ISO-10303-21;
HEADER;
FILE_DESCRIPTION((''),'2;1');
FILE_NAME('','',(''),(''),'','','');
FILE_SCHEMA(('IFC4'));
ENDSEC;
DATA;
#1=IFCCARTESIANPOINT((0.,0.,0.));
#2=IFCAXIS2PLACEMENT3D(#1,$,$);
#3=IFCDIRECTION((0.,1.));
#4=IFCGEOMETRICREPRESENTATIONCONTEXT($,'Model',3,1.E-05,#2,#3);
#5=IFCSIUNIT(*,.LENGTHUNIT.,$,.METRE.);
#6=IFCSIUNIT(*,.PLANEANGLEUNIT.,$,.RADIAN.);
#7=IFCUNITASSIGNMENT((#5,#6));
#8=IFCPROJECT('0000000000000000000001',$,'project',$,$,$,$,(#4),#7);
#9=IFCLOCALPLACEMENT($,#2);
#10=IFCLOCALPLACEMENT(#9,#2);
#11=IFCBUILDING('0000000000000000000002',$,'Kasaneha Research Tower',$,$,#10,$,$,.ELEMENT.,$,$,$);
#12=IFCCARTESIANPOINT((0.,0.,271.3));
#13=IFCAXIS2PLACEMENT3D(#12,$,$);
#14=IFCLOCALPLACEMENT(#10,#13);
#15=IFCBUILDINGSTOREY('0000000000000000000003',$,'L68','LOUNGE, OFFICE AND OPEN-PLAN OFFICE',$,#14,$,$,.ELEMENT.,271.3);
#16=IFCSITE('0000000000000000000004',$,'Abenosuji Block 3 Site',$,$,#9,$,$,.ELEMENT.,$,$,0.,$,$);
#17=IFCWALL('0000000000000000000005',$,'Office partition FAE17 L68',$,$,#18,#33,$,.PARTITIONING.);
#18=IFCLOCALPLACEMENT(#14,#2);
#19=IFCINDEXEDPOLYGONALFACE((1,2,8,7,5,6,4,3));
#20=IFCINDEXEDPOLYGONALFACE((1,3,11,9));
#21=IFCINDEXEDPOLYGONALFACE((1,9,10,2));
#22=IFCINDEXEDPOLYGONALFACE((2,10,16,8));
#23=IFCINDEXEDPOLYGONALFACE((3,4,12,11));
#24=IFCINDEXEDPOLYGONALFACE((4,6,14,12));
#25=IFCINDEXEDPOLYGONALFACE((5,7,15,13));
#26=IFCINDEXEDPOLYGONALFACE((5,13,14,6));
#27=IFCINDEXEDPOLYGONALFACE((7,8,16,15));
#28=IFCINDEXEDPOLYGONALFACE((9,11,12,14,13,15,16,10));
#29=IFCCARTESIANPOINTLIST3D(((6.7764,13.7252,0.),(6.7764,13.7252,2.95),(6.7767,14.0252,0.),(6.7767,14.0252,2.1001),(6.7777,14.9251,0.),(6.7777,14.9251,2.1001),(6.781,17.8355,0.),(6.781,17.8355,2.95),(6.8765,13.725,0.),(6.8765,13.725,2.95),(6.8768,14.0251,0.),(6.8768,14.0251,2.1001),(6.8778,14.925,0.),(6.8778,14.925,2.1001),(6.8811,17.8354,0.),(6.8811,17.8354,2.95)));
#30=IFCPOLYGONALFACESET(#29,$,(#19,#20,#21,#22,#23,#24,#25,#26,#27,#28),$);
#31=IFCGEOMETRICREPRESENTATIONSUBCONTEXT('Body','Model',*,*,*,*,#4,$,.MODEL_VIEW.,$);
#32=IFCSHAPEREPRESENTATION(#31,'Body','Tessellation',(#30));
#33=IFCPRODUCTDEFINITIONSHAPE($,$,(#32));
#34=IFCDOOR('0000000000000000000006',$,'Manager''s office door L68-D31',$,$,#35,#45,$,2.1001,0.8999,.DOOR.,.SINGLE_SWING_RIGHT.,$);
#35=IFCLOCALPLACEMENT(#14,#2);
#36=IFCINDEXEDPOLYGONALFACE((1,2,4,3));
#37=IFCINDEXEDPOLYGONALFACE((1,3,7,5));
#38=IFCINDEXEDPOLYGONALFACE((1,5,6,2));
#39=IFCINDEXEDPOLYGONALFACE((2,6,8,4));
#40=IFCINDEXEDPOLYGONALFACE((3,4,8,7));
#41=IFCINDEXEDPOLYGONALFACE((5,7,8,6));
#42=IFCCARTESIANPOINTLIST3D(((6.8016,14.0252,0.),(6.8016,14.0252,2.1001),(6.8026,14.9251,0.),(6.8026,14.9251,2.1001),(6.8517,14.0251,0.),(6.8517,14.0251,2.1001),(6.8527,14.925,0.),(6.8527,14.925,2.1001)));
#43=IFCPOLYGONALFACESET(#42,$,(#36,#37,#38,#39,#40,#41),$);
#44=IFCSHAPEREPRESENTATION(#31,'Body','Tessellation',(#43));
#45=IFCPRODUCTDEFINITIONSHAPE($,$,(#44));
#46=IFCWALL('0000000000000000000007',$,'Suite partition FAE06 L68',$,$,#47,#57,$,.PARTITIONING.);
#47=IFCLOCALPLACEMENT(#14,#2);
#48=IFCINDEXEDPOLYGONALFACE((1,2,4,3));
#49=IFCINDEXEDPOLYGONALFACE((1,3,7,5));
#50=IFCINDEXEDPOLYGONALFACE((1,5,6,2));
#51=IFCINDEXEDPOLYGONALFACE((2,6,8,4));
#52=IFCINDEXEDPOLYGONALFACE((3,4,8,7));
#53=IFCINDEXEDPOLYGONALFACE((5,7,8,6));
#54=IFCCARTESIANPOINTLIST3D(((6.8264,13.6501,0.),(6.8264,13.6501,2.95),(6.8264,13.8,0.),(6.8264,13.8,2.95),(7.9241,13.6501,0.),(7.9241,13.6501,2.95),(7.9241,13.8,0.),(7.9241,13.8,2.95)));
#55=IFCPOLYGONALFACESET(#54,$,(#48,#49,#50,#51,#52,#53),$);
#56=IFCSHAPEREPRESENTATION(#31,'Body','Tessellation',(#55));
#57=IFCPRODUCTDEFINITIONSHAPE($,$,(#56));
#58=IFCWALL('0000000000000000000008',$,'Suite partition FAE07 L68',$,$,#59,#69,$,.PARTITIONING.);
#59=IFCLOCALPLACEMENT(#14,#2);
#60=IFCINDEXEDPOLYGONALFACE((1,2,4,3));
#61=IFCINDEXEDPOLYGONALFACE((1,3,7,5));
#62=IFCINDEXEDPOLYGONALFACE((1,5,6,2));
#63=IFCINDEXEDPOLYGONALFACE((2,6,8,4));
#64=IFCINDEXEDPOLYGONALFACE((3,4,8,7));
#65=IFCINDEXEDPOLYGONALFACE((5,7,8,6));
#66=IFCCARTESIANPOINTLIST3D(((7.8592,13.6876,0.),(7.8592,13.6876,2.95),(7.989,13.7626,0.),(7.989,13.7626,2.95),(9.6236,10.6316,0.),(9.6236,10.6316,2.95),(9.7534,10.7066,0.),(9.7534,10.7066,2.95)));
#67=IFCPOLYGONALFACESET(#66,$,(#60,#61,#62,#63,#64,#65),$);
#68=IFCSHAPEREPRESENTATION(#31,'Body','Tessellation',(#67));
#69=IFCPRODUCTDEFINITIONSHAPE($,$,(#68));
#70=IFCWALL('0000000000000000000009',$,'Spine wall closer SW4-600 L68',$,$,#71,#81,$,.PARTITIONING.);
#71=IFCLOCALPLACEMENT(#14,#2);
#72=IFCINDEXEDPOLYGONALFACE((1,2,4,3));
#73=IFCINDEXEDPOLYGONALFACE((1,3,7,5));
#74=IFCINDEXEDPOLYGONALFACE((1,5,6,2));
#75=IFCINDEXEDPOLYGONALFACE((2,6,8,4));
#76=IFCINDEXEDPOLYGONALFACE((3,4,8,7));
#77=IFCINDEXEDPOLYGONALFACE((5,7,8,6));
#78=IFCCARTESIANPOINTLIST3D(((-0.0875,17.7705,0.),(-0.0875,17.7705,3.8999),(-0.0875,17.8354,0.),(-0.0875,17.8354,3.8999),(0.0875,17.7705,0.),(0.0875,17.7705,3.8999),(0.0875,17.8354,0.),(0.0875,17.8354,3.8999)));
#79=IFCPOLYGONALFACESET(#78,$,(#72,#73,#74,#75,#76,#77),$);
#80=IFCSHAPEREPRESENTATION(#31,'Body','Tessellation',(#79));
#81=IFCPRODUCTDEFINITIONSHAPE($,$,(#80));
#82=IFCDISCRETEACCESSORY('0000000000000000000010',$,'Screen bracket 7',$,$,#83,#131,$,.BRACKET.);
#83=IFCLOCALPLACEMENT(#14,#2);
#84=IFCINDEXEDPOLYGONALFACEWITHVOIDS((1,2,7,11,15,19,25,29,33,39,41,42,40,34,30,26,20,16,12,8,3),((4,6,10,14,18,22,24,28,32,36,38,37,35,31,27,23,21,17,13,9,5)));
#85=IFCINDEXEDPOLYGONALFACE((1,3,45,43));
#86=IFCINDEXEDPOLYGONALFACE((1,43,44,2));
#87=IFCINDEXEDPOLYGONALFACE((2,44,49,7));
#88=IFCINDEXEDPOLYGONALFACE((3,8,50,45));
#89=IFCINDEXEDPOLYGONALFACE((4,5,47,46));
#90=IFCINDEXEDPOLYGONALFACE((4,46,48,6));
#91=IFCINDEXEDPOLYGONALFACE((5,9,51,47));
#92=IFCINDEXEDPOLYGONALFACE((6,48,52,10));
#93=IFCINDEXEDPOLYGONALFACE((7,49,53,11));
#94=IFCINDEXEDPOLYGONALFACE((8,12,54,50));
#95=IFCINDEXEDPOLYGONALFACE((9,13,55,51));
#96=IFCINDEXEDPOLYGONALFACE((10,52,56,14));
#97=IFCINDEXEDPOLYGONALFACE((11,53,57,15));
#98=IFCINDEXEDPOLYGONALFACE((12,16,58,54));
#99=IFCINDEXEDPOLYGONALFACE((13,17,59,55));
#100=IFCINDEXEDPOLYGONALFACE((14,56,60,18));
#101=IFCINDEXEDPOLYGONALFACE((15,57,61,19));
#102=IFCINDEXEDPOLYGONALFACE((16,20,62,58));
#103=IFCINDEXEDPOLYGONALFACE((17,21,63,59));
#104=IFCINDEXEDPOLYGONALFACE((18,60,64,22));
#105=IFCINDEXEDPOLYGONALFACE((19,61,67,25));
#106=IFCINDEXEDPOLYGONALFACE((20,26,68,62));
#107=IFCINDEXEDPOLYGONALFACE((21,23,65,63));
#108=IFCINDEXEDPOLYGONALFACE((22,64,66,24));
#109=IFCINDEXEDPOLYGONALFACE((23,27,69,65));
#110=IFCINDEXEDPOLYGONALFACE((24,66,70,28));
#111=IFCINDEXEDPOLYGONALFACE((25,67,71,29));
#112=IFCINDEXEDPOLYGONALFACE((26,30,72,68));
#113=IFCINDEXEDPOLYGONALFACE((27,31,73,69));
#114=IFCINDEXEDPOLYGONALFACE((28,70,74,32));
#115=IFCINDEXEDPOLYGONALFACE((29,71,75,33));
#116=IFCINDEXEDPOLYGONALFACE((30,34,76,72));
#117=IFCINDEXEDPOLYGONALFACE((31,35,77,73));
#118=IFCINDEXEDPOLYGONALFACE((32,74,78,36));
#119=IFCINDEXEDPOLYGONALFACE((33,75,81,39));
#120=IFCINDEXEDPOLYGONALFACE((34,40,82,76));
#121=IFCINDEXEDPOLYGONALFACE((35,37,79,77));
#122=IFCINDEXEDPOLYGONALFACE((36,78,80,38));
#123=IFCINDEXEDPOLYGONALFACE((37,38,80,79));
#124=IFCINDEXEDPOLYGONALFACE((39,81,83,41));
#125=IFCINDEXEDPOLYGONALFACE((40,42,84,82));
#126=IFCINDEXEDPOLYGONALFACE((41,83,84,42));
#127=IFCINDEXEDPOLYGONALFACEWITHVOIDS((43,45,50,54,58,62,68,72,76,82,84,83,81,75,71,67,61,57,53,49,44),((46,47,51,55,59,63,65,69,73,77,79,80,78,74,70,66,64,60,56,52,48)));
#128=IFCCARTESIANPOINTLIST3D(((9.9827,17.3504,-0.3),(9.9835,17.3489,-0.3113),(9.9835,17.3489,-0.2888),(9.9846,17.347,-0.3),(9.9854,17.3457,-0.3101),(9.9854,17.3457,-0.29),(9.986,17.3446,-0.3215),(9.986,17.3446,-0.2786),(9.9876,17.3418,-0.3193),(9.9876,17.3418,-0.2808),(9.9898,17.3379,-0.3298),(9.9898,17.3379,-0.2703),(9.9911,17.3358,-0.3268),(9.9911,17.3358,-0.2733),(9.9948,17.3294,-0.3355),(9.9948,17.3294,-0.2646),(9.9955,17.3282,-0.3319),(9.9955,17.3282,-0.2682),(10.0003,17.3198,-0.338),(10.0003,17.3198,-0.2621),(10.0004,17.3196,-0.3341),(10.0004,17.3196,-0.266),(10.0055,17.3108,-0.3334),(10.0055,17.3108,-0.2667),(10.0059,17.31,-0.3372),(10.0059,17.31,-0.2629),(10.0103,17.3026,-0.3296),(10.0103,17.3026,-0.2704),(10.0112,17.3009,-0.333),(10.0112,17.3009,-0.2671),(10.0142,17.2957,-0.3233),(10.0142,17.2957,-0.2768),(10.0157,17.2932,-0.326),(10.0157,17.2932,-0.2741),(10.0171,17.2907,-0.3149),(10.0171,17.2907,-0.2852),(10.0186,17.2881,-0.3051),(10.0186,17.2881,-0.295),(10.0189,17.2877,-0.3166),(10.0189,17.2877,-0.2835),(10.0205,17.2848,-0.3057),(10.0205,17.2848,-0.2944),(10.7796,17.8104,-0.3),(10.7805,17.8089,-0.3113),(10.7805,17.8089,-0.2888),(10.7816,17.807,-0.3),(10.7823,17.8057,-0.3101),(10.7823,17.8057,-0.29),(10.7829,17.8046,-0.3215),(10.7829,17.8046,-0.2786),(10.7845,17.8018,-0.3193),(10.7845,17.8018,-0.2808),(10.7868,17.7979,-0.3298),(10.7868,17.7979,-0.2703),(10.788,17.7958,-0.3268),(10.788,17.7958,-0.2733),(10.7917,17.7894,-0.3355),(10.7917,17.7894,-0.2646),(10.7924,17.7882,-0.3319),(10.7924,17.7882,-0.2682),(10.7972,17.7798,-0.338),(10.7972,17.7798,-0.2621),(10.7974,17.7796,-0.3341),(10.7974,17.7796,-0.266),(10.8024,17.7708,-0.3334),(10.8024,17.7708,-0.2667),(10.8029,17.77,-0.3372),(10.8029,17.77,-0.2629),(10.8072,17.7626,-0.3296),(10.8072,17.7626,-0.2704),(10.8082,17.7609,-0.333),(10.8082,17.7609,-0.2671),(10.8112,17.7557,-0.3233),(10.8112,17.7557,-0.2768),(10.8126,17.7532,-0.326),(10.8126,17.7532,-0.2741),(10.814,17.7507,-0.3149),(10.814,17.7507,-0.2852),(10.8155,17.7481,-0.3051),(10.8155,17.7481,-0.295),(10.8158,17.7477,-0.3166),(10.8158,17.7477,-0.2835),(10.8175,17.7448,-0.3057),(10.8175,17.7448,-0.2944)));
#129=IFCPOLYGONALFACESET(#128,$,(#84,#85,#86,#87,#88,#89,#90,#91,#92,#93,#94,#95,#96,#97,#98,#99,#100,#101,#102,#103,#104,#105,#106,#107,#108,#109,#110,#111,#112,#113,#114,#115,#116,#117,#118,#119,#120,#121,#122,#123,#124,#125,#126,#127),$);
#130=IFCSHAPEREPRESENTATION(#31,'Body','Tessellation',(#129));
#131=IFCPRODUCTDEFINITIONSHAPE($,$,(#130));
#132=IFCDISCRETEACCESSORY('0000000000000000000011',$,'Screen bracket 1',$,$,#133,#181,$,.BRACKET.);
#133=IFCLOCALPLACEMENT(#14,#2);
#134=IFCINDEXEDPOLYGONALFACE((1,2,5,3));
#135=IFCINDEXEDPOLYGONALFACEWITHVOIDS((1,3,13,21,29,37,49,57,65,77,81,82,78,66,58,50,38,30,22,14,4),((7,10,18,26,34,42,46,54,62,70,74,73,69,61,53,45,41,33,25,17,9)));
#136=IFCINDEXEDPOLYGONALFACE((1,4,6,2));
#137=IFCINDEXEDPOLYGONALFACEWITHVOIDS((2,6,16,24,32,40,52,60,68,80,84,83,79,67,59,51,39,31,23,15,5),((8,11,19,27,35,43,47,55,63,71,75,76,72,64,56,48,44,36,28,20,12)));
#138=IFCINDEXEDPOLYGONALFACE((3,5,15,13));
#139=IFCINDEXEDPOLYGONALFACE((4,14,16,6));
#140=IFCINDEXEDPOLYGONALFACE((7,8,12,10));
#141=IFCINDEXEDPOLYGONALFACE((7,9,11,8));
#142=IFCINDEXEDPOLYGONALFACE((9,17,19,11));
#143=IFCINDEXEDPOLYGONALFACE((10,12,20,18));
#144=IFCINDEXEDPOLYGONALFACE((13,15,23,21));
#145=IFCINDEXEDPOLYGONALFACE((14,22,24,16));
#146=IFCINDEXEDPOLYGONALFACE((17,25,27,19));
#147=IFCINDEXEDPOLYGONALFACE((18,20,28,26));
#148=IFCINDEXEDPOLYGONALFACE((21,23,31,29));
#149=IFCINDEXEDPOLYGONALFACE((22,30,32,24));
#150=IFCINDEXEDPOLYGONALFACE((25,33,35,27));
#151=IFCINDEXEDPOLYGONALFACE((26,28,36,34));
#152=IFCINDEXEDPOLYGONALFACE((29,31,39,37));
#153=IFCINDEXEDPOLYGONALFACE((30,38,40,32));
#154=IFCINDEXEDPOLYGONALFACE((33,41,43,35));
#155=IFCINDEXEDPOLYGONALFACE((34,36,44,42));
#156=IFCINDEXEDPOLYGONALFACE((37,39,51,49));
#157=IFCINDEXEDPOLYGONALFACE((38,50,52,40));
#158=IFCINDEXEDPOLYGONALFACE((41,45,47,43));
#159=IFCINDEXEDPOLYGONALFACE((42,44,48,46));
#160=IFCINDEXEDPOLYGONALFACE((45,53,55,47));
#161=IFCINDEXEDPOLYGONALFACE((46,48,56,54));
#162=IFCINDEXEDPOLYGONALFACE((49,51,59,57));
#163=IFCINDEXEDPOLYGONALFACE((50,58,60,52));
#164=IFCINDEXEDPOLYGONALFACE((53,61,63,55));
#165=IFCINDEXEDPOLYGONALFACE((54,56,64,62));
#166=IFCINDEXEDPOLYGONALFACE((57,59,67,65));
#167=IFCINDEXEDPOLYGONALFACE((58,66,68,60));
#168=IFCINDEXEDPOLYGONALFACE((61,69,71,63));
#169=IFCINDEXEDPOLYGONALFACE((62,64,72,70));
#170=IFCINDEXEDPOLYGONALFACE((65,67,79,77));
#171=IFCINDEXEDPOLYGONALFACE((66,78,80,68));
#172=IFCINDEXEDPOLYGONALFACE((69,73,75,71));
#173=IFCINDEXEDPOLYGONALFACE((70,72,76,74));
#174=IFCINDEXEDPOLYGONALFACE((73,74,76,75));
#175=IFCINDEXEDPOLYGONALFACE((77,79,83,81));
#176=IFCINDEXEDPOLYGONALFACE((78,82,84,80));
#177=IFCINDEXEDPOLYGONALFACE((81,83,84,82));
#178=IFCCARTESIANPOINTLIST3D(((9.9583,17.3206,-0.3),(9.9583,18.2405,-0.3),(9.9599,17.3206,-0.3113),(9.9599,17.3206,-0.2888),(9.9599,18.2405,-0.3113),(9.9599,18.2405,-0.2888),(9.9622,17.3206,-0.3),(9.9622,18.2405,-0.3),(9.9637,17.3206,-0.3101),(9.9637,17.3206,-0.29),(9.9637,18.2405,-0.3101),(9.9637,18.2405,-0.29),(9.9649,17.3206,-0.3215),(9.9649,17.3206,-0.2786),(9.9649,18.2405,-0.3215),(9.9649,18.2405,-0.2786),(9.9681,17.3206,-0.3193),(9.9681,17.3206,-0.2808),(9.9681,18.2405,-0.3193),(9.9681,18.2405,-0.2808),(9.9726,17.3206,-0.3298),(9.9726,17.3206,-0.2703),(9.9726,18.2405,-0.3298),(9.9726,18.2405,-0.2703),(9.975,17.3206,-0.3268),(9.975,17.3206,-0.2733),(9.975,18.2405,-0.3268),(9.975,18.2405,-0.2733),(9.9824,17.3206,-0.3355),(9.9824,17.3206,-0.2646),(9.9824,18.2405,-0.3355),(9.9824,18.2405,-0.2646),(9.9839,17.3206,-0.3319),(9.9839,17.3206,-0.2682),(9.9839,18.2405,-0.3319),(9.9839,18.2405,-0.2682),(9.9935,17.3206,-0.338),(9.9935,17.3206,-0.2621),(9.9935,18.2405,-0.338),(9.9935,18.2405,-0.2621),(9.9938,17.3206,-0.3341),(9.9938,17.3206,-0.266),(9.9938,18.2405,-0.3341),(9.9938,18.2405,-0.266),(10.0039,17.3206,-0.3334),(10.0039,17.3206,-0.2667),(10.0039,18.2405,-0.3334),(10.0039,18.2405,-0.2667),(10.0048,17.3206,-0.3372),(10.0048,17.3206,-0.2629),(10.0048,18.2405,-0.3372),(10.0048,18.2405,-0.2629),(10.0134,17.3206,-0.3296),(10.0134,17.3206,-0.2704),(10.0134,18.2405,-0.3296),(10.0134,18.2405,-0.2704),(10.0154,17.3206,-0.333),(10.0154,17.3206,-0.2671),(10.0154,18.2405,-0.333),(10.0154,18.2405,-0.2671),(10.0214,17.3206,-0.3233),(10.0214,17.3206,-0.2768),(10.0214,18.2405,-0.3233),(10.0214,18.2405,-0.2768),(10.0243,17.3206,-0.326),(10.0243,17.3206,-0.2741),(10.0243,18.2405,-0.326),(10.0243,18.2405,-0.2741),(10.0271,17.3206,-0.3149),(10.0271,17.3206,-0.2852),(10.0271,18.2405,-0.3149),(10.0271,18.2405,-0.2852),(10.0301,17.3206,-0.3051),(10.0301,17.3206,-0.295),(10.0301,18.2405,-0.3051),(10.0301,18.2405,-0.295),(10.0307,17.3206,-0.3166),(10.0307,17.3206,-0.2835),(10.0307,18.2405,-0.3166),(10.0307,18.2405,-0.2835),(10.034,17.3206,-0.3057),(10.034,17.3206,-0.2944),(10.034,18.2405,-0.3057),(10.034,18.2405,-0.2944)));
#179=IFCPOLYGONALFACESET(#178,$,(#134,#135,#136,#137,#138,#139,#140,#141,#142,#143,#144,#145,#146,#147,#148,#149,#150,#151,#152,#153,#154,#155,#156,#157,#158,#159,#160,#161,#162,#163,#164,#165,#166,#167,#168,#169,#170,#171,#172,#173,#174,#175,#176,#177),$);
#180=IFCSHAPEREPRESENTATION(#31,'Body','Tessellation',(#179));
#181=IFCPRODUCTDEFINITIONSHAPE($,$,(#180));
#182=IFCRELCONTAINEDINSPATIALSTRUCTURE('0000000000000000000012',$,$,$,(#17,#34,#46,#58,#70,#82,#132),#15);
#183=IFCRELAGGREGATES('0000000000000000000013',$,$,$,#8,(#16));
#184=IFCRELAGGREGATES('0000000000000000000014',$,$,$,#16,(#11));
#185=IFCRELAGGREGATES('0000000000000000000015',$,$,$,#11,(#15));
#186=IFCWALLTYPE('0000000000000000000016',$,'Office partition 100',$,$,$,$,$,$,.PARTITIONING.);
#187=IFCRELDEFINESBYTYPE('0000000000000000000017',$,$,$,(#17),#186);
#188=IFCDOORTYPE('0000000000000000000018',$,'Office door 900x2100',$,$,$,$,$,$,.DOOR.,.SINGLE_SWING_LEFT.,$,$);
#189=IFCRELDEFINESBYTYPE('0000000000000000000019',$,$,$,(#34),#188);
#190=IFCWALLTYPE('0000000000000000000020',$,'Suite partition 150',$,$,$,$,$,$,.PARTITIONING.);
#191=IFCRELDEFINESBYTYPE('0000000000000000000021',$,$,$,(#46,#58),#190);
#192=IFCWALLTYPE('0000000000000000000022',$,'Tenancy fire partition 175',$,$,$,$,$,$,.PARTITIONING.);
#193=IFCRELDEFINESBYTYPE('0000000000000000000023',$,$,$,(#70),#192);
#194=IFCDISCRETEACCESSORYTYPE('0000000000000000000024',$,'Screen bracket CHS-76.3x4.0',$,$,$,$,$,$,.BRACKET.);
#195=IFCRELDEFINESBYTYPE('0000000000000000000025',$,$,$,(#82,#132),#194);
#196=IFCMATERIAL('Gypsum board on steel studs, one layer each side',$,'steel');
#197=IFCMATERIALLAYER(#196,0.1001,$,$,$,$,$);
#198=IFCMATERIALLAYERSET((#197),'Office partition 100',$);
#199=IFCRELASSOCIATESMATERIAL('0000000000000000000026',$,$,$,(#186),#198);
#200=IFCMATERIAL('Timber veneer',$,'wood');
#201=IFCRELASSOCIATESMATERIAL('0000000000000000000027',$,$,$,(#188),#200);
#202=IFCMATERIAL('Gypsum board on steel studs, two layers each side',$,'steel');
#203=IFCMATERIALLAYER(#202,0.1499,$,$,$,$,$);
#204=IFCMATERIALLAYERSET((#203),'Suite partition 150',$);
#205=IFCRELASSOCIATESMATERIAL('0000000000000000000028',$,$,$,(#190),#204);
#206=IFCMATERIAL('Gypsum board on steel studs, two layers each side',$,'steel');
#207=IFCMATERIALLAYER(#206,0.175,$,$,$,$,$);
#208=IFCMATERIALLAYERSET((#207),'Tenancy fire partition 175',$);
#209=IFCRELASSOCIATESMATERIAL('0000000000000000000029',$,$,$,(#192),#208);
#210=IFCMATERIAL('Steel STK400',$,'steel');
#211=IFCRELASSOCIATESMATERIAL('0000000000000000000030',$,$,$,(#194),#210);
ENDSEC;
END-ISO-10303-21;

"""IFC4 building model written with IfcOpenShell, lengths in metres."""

from ifc_helpers import new_model, si_unit, direction, frame, frame_2d, origin, origin_2d, place, context, subcontext, project, spatial, rectangle, hollow_circle, extrude, material, layer, layer_set, material_profile, profile_set, type_object, element, fill, save


model = new_model("IFC4")

# Units and contexts
model_context = context("Model", 3, precision=1e-05, world=origin(), true_north=direction((0.0, 1.0)))
body_context = subcontext(model_context, "Body", "Model", "MODEL_VIEW")
ifc_project = project(units=[si_unit("LENGTHUNIT", "METRE"), si_unit("PLANEANGLEUNIT", "RADIAN")], contexts=[model_context])

# Site, building, storey
site_placement = place(None, origin())
site = spatial("IfcSite", under=ifc_project, at=site_placement, Name="Abenosuji Block 3 Site", CompositionType="ELEMENT", RefElevation=0.0)
building_placement = place(site_placement, origin())
building = spatial("IfcBuilding", under=site, at=building_placement, Name="Kasaneha Research Tower", CompositionType="ELEMENT")
storey_placement = place(building_placement, frame((0.0, 0.0, 271.3)))
storey = spatial("IfcBuildingStorey", under=building, at=storey_placement, Name="L68", Description="LOUNGE, OFFICE AND OPEN-PLAN OFFICE", CompositionType="ELEMENT", Elevation=271.3)

# Shared definitions
ifc_material_1 = material(Name="Gypsum board on steel studs, one layer each side", Category="steel")
ifc_layer_1 = layer(ifc_material_1, 0.1001)
ifc_layer_set_1 = layer_set([ifc_layer_1], Name="Office partition 100")
wall_type_1 = type_object("IfcWallType", Name="Office partition 100", PredefinedType="PARTITIONING", material=ifc_layer_set_1)

# Wall, opening, door
wall_1_placement = place(storey_placement, frame((6.8311, 17.8354, 0.0), z_axis=(0.0, 0.0, 1.0), x_axis=(-0.001129, -0.999999, 0.0)))
wall_1 = element("IfcWall", 1, at=wall_1_placement, inside=storey, type_object=wall_type_1, Name="Office partition FAE17 L68", PredefinedType="PARTITIONING", context=body_context, shape_type="SweptSolid", body=[
    extrude(rectangle(XDim=4.1104, YDim=0.1001, at=frame_2d((2.0552, 0.0))), origin(), (0.0, 0.0, 1.0), 2.95),
])
opening_placement = place(wall_1_placement, frame((2.9104, 0.0, 0.0)))
opening = element("IfcOpeningElement", 2, at=opening_placement, cuts=wall_1, PredefinedType="OPENING", context=body_context, shape_type="SweptSolid", body=[
    extrude(rectangle(XDim=0.8999, YDim=2.1001, at=frame_2d((0.45, 1.05))), frame((0.0, 0.0601, 0.0), z_axis=(0.0, -1.0, 0.0), x_axis=(1.0, 0.0, 0.0)), (0.0, 0.0, 1.0), 0.1201),
])
ifc_material_2 = material(Name="Timber veneer", Category="wood")
door_type = type_object("IfcDoorType", Name="Office door 900x2100", OperationType="SINGLE_SWING_LEFT", PredefinedType="DOOR", material=ifc_material_2)
door_placement = place(opening_placement, origin())
door = element("IfcDoor", 3, at=door_placement, inside=storey, type_object=door_type, Name="Manager's office door L68-D31", OperationType="SINGLE_SWING_RIGHT", OverallHeight=2.1001, OverallWidth=0.8999, PredefinedType="DOOR", context=body_context, shape_type="SweptSolid", body=[
    extrude(rectangle(XDim=0.8999, YDim=2.1001, at=frame_2d((0.45, 1.05))), frame((0.0, 0.0249, 0.0), z_axis=(0.0, -1.0, 0.0), x_axis=(1.0, 0.0, 0.0)), (0.0, 0.0, 1.0), 0.05),
])
fill(opening, door)

# Walls
ifc_material_3 = material(Name="Gypsum board on steel studs, two layers each side", Category="steel")
ifc_layer_2 = layer(ifc_material_3, 0.1499)
ifc_layer_set_2 = layer_set([ifc_layer_2], Name="Suite partition 150")
wall_type_2 = type_object("IfcWallType", Name="Suite partition 150", PredefinedType="PARTITIONING", material=ifc_layer_set_2)
wall_2_placement = place(storey_placement, frame((6.8264, 13.7251, 0.0), z_axis=(0.0, 0.0, 1.0), x_axis=(1.0, 0.0, 0.0)))
element("IfcWall", 4, at=wall_2_placement, inside=storey, type_object=wall_type_2, Name="Suite partition FAE06 L68", PredefinedType="PARTITIONING", context=body_context, shape_type="SweptSolid", body=[
    extrude(rectangle(XDim=1.0977, YDim=0.1499, at=frame_2d((0.5488, 0.0))), origin(), (0.0, 0.0, 1.0), 2.95),
])
wall_3_placement = place(storey_placement, frame((7.9241, 13.7251, 0.0), z_axis=(0.0, 0.0, 1.0), x_axis=(0.500016, -0.866016, 0.0)))
element("IfcWall", 5, at=wall_3_placement, inside=storey, type_object=wall_type_2, Name="Suite partition FAE07 L68", PredefinedType="PARTITIONING", context=body_context, shape_type="SweptSolid", body=[
    extrude(rectangle(XDim=3.5288, YDim=0.1499, at=frame_2d((1.7644, 0.0))), origin(), (0.0, 0.0, 1.0), 2.95),
])
ifc_material_4 = material(Name="Gypsum board on steel studs, two layers each side", Category="steel")
ifc_layer_3 = layer(ifc_material_4, 0.175)
ifc_layer_set_3 = layer_set([ifc_layer_3], Name="Tenancy fire partition 175")
wall_type_3 = type_object("IfcWallType", Name="Tenancy fire partition 175", PredefinedType="PARTITIONING", material=ifc_layer_set_3)
wall_4_placement = place(storey_placement, frame((0.0, 17.7705, 0.0), z_axis=(0.0, 0.0, 1.0), x_axis=(0.0, 1.0, 0.0)))
element("IfcWall", 6, at=wall_4_placement, inside=storey, type_object=wall_type_3, Name="Spine wall closer SW4-600 L68", PredefinedType="PARTITIONING", context=body_context, shape_type="SweptSolid", body=[
    extrude(rectangle(XDim=0.0649, YDim=0.175, at=frame_2d((0.0325, 0.0))), origin(), (0.0, 0.0, 1.0), 3.8999),
])

# Discrete accessories
ifc_material_5 = material(Name="Steel STK400", Category="steel")
ifc_material_profile_1 = material_profile(ifc_material_5, hollow_circle(Radius=0.0381, WallThickness=0.0039, at=origin_2d()), Name="CHS-76.3x4.0")
ifc_profile_set_1 = profile_set([ifc_material_profile_1], Name="Steel STK400")
discrete_accessory_type = type_object("IfcDiscreteAccessoryType", Name="Screen bracket CHS-76.3x4.0", PredefinedType="BRACKET", material=ifc_profile_set_1)
discrete_accessory_placement = place(storey_placement, frame((10.0017, 17.3174, -0.3), z_axis=(0.86608, 0.499906, 0.0), x_axis=(-0.499906, 0.86608, 0.0)))
element("IfcDiscreteAccessory", 7, at=discrete_accessory_placement, inside=storey, type_object=discrete_accessory_type, Name="Screen bracket 7", PredefinedType="BRACKET", context=body_context, shape_type="SweptSolid", body=[
    extrude(hollow_circle(Radius=0.0381, WallThickness=0.0039, at=origin_2d()), origin(), (0.0, 0.0, 1.0), 0.9202),
])
for number, where, z_axis, x_axis, name in (
    (8, (9.9963, 17.3206, -0.3), (0.0, 1.0, 0.0), (-1.0, 0.0, 0.0), "Screen bracket 1"),
):
    element("IfcDiscreteAccessory", number, at=place(storey_placement, frame(where, z_axis=z_axis, x_axis=x_axis)), inside=storey, type_object=discrete_accessory_type, Name=name, PredefinedType="BRACKET", context=body_context, shape_type="SweptSolid", body=[
        extrude(hollow_circle(Radius=0.0381, WallThickness=0.0039, at=origin_2d()), origin(), (0.0, 0.0, 1.0), 0.9199),
    ])

save(model, "model.ifc")
